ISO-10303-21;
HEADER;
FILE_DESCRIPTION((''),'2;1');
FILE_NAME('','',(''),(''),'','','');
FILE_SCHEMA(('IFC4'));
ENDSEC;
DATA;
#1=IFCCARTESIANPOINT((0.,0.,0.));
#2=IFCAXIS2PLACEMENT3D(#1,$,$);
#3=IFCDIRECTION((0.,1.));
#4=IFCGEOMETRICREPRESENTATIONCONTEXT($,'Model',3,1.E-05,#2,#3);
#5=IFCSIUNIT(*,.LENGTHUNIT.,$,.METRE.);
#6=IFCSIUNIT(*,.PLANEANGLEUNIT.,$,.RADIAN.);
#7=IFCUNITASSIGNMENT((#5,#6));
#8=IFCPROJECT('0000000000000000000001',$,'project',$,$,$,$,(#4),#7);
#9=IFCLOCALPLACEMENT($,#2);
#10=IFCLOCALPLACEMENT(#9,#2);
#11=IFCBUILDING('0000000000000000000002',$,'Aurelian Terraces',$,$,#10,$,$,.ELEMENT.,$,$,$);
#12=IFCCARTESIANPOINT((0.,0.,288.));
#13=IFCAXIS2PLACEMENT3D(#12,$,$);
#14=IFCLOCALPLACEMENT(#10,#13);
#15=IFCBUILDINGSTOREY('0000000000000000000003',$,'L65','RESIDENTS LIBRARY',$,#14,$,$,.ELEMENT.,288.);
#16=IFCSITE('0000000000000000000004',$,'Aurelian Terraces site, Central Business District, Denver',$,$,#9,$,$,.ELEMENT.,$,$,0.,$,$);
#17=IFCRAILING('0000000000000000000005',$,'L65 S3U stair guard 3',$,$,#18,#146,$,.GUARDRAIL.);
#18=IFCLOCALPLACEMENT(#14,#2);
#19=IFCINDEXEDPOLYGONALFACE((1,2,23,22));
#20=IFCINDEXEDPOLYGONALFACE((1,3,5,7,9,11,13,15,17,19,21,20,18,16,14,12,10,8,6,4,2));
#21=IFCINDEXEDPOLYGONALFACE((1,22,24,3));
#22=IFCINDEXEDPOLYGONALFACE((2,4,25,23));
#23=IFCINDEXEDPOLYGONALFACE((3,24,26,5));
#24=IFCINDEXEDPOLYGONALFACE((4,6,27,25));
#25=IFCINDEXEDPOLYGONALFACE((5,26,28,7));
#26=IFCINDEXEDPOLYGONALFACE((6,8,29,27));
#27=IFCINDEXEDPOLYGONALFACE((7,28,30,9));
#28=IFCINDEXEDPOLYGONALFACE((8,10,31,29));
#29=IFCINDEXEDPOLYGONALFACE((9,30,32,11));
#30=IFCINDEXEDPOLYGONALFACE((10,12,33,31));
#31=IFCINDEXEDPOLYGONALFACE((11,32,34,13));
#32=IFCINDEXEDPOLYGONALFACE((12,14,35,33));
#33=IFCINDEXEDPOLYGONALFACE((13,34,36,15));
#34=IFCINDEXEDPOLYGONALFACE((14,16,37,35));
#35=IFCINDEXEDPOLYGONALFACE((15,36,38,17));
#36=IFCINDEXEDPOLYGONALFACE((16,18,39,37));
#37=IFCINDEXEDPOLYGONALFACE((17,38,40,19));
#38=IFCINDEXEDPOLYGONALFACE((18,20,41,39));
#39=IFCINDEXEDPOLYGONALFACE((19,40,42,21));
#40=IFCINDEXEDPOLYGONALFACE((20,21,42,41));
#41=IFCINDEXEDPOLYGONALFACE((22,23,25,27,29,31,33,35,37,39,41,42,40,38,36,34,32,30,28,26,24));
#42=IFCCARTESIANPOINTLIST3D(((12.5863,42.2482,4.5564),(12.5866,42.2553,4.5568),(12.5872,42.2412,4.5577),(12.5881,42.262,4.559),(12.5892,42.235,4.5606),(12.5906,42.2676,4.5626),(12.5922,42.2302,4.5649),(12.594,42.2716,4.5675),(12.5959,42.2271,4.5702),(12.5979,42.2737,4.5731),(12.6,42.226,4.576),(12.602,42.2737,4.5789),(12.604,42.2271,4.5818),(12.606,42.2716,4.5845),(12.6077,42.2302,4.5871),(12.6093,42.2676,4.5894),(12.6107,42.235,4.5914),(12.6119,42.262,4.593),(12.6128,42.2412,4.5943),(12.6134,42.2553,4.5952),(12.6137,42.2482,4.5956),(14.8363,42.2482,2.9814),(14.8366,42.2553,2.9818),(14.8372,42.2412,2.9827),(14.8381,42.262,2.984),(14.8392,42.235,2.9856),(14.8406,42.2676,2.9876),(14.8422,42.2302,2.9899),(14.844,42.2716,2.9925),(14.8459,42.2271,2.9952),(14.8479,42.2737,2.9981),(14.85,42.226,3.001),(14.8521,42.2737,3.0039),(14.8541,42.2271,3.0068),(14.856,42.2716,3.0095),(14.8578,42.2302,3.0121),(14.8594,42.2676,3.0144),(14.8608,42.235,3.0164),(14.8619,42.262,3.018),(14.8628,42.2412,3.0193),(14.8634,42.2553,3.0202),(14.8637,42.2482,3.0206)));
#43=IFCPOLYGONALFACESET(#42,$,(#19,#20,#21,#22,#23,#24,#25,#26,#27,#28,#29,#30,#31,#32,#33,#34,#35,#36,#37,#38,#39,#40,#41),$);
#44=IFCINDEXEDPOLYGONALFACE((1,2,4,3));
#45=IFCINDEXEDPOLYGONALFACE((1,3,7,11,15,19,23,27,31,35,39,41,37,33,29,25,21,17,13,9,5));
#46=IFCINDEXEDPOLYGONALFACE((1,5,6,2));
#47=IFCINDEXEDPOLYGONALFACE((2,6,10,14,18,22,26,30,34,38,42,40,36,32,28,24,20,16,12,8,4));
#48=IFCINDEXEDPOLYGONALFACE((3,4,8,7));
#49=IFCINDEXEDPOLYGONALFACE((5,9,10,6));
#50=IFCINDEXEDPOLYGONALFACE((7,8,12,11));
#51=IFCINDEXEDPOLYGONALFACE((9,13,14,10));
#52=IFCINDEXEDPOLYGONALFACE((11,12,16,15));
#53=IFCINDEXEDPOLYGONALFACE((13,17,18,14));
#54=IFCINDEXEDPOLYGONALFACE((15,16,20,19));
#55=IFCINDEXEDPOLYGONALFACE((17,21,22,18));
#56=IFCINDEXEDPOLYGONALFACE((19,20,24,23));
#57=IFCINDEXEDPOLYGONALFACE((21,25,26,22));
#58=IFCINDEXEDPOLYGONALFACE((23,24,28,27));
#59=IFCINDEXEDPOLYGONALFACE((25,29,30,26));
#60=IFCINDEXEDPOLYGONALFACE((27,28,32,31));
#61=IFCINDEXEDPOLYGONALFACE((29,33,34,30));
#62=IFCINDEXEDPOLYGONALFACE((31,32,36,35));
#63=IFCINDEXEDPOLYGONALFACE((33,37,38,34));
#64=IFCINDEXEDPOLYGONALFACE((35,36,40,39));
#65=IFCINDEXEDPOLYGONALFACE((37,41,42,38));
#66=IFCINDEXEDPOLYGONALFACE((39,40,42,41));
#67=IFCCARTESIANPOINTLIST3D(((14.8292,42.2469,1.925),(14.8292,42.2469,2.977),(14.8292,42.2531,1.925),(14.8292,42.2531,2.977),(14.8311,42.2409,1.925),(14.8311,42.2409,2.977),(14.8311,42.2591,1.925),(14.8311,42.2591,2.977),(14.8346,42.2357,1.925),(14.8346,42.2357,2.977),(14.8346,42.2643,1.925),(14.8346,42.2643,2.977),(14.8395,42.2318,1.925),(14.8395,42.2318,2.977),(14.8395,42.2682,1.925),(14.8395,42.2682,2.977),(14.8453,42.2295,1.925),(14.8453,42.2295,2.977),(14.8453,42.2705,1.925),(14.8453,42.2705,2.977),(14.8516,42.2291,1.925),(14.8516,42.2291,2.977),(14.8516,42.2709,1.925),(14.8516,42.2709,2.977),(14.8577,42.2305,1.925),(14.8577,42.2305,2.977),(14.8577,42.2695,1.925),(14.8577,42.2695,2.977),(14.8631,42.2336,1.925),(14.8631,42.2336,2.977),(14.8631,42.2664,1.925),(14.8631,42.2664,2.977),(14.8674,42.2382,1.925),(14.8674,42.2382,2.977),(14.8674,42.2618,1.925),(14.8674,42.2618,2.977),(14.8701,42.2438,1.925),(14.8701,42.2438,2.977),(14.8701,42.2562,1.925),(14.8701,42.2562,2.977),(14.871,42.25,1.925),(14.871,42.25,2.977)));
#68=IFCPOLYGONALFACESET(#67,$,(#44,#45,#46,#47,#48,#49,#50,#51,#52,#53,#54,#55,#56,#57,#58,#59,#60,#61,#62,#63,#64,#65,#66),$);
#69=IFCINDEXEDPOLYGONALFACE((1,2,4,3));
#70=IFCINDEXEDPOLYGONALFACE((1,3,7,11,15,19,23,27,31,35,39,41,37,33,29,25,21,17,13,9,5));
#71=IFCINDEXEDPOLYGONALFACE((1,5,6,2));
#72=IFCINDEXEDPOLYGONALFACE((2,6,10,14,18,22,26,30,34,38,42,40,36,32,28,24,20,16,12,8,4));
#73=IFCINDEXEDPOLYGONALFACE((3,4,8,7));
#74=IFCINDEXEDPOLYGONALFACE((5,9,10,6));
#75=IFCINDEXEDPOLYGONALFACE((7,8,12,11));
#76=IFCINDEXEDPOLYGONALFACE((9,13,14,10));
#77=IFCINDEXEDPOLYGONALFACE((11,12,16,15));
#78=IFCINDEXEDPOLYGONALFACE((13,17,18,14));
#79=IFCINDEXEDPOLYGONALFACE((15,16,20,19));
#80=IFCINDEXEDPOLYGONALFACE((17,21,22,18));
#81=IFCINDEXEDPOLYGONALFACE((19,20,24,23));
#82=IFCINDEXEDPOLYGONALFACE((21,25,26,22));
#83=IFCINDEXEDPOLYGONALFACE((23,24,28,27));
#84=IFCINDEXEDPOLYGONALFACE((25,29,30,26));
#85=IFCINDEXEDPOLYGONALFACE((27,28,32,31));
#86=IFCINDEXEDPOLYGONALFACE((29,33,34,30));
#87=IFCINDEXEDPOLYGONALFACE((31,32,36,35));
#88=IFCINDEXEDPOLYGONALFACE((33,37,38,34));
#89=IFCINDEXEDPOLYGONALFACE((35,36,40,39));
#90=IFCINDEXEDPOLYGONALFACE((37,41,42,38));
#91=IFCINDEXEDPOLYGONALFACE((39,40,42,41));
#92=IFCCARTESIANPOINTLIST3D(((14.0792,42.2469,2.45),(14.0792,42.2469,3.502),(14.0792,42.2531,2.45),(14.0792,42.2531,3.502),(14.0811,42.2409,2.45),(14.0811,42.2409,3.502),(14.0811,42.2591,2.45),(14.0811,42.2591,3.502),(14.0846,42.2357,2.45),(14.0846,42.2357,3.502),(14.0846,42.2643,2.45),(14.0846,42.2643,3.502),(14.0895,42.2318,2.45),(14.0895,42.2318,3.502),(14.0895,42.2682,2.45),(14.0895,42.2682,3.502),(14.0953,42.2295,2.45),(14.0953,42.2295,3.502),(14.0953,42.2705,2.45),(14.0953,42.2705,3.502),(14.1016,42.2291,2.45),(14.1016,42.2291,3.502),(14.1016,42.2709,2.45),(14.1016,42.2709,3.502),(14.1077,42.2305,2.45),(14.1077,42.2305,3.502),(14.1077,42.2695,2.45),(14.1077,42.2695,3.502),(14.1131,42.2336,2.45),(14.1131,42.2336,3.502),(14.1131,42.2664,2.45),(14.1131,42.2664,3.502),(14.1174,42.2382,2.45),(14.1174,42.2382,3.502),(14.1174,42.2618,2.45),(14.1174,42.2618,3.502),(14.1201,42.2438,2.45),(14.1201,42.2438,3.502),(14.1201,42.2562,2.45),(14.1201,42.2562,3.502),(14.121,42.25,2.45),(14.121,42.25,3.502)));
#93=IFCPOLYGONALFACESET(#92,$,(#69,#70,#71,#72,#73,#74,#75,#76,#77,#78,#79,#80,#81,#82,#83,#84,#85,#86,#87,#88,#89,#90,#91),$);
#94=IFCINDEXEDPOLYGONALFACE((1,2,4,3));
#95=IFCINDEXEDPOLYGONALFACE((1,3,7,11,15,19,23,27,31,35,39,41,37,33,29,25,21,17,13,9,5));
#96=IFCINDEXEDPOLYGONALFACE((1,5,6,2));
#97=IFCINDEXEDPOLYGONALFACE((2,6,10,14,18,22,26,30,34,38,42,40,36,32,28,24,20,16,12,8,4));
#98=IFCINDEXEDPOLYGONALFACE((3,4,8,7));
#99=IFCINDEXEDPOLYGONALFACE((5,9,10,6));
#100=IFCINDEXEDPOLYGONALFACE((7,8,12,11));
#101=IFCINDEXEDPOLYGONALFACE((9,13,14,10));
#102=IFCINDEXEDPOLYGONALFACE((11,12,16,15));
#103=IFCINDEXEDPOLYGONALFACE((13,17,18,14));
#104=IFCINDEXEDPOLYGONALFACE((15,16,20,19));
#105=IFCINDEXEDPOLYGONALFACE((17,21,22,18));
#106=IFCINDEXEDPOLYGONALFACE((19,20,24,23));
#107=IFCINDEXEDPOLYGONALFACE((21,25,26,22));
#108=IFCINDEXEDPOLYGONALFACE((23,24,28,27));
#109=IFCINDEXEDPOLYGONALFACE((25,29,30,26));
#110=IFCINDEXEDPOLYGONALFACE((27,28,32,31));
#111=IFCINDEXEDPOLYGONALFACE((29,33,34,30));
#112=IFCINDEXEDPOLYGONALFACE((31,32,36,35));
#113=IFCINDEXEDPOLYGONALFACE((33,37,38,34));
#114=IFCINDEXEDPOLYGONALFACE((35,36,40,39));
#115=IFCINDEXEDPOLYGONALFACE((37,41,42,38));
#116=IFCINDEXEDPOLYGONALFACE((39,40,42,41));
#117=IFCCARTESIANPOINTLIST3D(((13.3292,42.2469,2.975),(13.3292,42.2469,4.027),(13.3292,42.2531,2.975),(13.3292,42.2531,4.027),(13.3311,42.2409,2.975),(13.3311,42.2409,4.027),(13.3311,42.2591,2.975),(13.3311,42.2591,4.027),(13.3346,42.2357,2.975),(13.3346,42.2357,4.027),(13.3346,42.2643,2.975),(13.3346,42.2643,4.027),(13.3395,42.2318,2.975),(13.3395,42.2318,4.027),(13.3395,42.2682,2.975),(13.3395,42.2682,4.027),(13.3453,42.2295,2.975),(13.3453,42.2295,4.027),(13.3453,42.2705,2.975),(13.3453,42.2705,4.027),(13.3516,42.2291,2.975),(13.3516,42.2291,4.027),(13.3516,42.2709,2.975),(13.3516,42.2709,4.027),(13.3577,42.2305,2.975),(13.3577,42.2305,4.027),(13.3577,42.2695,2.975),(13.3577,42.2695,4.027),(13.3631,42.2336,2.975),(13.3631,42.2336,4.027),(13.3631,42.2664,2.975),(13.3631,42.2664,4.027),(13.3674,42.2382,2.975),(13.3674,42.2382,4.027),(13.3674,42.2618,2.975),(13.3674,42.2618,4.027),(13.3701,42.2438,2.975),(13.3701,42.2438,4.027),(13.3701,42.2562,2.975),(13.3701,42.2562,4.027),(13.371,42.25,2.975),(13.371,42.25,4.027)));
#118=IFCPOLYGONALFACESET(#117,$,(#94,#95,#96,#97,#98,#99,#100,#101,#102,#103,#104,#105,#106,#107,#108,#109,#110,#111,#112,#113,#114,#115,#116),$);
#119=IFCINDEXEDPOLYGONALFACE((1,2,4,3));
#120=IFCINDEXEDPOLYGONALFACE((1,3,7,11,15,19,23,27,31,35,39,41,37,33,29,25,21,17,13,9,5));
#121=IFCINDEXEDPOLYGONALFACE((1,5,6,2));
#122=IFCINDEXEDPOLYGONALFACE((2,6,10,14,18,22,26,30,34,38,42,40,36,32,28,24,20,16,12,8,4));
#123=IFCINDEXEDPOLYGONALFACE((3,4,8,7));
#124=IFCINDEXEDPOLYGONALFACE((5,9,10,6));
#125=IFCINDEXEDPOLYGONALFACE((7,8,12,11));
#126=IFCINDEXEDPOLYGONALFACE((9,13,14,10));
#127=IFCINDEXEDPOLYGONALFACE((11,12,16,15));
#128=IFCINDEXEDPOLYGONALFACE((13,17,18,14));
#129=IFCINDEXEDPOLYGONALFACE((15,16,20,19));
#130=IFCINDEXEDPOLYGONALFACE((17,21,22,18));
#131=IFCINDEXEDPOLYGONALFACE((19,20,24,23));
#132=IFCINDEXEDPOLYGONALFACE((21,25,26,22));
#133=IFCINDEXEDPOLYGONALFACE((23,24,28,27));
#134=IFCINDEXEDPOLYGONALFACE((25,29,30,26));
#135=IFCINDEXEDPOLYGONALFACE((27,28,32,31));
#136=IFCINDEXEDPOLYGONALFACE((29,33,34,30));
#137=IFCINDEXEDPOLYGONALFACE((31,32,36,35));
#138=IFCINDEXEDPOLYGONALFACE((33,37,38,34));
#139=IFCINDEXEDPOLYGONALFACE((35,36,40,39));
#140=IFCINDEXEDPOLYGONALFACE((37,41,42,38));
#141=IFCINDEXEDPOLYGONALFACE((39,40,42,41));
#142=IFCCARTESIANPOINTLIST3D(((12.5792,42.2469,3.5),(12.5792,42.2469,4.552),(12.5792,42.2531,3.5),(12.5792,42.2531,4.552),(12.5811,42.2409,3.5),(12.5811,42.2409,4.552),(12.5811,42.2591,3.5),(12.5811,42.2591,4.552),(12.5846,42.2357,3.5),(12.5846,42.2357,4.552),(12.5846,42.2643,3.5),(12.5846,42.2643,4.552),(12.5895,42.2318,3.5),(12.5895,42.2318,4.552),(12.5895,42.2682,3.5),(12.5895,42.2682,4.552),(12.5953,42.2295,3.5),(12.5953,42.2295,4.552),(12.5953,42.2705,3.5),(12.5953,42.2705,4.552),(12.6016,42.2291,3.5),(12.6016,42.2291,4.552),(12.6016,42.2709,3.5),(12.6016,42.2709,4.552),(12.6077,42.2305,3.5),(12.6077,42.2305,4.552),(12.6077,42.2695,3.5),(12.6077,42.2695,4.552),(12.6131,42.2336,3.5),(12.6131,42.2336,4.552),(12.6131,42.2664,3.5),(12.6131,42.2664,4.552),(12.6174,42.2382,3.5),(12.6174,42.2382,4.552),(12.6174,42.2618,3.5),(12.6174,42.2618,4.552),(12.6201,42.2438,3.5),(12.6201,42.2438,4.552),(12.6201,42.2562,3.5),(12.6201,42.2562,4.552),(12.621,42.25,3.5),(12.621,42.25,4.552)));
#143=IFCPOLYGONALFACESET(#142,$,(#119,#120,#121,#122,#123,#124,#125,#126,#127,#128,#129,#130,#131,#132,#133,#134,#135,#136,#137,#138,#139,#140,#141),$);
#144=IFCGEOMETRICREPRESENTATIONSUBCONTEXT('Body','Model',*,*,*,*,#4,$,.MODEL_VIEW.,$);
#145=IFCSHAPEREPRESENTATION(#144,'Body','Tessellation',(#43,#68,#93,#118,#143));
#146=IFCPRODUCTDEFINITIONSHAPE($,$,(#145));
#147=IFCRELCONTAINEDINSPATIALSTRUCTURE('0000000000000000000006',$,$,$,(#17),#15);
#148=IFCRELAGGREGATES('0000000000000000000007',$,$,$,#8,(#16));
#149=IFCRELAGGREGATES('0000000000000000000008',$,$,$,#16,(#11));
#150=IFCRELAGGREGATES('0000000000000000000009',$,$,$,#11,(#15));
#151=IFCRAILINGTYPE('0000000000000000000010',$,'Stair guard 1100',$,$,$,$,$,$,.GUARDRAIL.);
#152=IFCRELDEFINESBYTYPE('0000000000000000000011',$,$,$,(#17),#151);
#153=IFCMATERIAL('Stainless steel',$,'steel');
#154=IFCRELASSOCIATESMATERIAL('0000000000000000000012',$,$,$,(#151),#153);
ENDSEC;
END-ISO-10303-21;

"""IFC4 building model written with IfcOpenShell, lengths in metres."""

from ifc_helpers import new_model, si_unit, direction, frame, origin, origin_2d, place, context, subcontext, project, spatial, circle, extrude, source, transform, mapped, material, type_object, element, save


model = new_model("IFC4")

# Units and contexts
model_context = context("Model", 3, precision=1e-05, world=origin(), true_north=direction((0.0, 1.0)))
body_context = subcontext(model_context, "Body", "Model", "MODEL_VIEW")
ifc_project = project(units=[si_unit("LENGTHUNIT", "METRE"), si_unit("PLANEANGLEUNIT", "RADIAN")], contexts=[model_context])

# Site, building, storey
site_placement = place(None, origin())
site = spatial("IfcSite", under=ifc_project, at=site_placement, Name="Aurelian Terraces site, Central Business District, Denver", CompositionType="ELEMENT", RefElevation=0.0)
building_placement = place(site_placement, origin())
building = spatial("IfcBuilding", under=site, at=building_placement, Name="Aurelian Terraces", CompositionType="ELEMENT")
storey_placement = place(building_placement, frame((0.0, 0.0, 288.0)))
storey = spatial("IfcBuildingStorey", under=building, at=storey_placement, Name="L65", Description="RESIDENTS LIBRARY", CompositionType="ELEMENT", Elevation=288.0)

# Railing
ifc_material_1 = material(Name="Stainless steel", Category="steel")
railing_type_1 = type_object("IfcRailingType", Name="Stair guard 1100", PredefinedType="GUARDRAIL", material=ifc_material_1)
shared_shape_1 = source(origin(), body_context, "Body", "SweptSolid", [
    extrude(circle(Radius=0.024, at=origin_2d()), frame((0.0, 0.0, 1.076), z_axis=(-0.819232, 0.0, 0.573462), x_axis=(0.0, -1.0, 0.0)), (0.0, 0.0, 1.0), 2.7465),
    extrude(circle(Radius=0.021, at=origin_2d()), origin(), (0.0, 0.0, 1.0), 1.052),
    extrude(circle(Radius=0.021, at=origin_2d()), frame((-0.75, 0.0, 0.525)), (0.0, 0.0, 1.0), 1.052),
    extrude(circle(Radius=0.021, at=origin_2d()), frame((-1.5, 0.0, 1.05)), (0.0, 0.0, 1.0), 1.052),
    extrude(circle(Radius=0.021, at=origin_2d()), frame((-2.25, 0.0, 1.575)), (0.0, 0.0, 1.0), 1.052),
])
railing_1_placement = place(storey_placement, frame((14.85, 42.25, 1.925)))
element("IfcRailing", 1, at=railing_1_placement, inside=storey, type_object=railing_type_1, Name="L65 S3U stair guard 3", PredefinedType="GUARDRAIL", context=body_context, shape_type="MappedRepresentation", body=[
    mapped(shared_shape_1, transform((0.0, 0.0, 0.0), scale=1.0)),
])

save(model, "model.ifc")
